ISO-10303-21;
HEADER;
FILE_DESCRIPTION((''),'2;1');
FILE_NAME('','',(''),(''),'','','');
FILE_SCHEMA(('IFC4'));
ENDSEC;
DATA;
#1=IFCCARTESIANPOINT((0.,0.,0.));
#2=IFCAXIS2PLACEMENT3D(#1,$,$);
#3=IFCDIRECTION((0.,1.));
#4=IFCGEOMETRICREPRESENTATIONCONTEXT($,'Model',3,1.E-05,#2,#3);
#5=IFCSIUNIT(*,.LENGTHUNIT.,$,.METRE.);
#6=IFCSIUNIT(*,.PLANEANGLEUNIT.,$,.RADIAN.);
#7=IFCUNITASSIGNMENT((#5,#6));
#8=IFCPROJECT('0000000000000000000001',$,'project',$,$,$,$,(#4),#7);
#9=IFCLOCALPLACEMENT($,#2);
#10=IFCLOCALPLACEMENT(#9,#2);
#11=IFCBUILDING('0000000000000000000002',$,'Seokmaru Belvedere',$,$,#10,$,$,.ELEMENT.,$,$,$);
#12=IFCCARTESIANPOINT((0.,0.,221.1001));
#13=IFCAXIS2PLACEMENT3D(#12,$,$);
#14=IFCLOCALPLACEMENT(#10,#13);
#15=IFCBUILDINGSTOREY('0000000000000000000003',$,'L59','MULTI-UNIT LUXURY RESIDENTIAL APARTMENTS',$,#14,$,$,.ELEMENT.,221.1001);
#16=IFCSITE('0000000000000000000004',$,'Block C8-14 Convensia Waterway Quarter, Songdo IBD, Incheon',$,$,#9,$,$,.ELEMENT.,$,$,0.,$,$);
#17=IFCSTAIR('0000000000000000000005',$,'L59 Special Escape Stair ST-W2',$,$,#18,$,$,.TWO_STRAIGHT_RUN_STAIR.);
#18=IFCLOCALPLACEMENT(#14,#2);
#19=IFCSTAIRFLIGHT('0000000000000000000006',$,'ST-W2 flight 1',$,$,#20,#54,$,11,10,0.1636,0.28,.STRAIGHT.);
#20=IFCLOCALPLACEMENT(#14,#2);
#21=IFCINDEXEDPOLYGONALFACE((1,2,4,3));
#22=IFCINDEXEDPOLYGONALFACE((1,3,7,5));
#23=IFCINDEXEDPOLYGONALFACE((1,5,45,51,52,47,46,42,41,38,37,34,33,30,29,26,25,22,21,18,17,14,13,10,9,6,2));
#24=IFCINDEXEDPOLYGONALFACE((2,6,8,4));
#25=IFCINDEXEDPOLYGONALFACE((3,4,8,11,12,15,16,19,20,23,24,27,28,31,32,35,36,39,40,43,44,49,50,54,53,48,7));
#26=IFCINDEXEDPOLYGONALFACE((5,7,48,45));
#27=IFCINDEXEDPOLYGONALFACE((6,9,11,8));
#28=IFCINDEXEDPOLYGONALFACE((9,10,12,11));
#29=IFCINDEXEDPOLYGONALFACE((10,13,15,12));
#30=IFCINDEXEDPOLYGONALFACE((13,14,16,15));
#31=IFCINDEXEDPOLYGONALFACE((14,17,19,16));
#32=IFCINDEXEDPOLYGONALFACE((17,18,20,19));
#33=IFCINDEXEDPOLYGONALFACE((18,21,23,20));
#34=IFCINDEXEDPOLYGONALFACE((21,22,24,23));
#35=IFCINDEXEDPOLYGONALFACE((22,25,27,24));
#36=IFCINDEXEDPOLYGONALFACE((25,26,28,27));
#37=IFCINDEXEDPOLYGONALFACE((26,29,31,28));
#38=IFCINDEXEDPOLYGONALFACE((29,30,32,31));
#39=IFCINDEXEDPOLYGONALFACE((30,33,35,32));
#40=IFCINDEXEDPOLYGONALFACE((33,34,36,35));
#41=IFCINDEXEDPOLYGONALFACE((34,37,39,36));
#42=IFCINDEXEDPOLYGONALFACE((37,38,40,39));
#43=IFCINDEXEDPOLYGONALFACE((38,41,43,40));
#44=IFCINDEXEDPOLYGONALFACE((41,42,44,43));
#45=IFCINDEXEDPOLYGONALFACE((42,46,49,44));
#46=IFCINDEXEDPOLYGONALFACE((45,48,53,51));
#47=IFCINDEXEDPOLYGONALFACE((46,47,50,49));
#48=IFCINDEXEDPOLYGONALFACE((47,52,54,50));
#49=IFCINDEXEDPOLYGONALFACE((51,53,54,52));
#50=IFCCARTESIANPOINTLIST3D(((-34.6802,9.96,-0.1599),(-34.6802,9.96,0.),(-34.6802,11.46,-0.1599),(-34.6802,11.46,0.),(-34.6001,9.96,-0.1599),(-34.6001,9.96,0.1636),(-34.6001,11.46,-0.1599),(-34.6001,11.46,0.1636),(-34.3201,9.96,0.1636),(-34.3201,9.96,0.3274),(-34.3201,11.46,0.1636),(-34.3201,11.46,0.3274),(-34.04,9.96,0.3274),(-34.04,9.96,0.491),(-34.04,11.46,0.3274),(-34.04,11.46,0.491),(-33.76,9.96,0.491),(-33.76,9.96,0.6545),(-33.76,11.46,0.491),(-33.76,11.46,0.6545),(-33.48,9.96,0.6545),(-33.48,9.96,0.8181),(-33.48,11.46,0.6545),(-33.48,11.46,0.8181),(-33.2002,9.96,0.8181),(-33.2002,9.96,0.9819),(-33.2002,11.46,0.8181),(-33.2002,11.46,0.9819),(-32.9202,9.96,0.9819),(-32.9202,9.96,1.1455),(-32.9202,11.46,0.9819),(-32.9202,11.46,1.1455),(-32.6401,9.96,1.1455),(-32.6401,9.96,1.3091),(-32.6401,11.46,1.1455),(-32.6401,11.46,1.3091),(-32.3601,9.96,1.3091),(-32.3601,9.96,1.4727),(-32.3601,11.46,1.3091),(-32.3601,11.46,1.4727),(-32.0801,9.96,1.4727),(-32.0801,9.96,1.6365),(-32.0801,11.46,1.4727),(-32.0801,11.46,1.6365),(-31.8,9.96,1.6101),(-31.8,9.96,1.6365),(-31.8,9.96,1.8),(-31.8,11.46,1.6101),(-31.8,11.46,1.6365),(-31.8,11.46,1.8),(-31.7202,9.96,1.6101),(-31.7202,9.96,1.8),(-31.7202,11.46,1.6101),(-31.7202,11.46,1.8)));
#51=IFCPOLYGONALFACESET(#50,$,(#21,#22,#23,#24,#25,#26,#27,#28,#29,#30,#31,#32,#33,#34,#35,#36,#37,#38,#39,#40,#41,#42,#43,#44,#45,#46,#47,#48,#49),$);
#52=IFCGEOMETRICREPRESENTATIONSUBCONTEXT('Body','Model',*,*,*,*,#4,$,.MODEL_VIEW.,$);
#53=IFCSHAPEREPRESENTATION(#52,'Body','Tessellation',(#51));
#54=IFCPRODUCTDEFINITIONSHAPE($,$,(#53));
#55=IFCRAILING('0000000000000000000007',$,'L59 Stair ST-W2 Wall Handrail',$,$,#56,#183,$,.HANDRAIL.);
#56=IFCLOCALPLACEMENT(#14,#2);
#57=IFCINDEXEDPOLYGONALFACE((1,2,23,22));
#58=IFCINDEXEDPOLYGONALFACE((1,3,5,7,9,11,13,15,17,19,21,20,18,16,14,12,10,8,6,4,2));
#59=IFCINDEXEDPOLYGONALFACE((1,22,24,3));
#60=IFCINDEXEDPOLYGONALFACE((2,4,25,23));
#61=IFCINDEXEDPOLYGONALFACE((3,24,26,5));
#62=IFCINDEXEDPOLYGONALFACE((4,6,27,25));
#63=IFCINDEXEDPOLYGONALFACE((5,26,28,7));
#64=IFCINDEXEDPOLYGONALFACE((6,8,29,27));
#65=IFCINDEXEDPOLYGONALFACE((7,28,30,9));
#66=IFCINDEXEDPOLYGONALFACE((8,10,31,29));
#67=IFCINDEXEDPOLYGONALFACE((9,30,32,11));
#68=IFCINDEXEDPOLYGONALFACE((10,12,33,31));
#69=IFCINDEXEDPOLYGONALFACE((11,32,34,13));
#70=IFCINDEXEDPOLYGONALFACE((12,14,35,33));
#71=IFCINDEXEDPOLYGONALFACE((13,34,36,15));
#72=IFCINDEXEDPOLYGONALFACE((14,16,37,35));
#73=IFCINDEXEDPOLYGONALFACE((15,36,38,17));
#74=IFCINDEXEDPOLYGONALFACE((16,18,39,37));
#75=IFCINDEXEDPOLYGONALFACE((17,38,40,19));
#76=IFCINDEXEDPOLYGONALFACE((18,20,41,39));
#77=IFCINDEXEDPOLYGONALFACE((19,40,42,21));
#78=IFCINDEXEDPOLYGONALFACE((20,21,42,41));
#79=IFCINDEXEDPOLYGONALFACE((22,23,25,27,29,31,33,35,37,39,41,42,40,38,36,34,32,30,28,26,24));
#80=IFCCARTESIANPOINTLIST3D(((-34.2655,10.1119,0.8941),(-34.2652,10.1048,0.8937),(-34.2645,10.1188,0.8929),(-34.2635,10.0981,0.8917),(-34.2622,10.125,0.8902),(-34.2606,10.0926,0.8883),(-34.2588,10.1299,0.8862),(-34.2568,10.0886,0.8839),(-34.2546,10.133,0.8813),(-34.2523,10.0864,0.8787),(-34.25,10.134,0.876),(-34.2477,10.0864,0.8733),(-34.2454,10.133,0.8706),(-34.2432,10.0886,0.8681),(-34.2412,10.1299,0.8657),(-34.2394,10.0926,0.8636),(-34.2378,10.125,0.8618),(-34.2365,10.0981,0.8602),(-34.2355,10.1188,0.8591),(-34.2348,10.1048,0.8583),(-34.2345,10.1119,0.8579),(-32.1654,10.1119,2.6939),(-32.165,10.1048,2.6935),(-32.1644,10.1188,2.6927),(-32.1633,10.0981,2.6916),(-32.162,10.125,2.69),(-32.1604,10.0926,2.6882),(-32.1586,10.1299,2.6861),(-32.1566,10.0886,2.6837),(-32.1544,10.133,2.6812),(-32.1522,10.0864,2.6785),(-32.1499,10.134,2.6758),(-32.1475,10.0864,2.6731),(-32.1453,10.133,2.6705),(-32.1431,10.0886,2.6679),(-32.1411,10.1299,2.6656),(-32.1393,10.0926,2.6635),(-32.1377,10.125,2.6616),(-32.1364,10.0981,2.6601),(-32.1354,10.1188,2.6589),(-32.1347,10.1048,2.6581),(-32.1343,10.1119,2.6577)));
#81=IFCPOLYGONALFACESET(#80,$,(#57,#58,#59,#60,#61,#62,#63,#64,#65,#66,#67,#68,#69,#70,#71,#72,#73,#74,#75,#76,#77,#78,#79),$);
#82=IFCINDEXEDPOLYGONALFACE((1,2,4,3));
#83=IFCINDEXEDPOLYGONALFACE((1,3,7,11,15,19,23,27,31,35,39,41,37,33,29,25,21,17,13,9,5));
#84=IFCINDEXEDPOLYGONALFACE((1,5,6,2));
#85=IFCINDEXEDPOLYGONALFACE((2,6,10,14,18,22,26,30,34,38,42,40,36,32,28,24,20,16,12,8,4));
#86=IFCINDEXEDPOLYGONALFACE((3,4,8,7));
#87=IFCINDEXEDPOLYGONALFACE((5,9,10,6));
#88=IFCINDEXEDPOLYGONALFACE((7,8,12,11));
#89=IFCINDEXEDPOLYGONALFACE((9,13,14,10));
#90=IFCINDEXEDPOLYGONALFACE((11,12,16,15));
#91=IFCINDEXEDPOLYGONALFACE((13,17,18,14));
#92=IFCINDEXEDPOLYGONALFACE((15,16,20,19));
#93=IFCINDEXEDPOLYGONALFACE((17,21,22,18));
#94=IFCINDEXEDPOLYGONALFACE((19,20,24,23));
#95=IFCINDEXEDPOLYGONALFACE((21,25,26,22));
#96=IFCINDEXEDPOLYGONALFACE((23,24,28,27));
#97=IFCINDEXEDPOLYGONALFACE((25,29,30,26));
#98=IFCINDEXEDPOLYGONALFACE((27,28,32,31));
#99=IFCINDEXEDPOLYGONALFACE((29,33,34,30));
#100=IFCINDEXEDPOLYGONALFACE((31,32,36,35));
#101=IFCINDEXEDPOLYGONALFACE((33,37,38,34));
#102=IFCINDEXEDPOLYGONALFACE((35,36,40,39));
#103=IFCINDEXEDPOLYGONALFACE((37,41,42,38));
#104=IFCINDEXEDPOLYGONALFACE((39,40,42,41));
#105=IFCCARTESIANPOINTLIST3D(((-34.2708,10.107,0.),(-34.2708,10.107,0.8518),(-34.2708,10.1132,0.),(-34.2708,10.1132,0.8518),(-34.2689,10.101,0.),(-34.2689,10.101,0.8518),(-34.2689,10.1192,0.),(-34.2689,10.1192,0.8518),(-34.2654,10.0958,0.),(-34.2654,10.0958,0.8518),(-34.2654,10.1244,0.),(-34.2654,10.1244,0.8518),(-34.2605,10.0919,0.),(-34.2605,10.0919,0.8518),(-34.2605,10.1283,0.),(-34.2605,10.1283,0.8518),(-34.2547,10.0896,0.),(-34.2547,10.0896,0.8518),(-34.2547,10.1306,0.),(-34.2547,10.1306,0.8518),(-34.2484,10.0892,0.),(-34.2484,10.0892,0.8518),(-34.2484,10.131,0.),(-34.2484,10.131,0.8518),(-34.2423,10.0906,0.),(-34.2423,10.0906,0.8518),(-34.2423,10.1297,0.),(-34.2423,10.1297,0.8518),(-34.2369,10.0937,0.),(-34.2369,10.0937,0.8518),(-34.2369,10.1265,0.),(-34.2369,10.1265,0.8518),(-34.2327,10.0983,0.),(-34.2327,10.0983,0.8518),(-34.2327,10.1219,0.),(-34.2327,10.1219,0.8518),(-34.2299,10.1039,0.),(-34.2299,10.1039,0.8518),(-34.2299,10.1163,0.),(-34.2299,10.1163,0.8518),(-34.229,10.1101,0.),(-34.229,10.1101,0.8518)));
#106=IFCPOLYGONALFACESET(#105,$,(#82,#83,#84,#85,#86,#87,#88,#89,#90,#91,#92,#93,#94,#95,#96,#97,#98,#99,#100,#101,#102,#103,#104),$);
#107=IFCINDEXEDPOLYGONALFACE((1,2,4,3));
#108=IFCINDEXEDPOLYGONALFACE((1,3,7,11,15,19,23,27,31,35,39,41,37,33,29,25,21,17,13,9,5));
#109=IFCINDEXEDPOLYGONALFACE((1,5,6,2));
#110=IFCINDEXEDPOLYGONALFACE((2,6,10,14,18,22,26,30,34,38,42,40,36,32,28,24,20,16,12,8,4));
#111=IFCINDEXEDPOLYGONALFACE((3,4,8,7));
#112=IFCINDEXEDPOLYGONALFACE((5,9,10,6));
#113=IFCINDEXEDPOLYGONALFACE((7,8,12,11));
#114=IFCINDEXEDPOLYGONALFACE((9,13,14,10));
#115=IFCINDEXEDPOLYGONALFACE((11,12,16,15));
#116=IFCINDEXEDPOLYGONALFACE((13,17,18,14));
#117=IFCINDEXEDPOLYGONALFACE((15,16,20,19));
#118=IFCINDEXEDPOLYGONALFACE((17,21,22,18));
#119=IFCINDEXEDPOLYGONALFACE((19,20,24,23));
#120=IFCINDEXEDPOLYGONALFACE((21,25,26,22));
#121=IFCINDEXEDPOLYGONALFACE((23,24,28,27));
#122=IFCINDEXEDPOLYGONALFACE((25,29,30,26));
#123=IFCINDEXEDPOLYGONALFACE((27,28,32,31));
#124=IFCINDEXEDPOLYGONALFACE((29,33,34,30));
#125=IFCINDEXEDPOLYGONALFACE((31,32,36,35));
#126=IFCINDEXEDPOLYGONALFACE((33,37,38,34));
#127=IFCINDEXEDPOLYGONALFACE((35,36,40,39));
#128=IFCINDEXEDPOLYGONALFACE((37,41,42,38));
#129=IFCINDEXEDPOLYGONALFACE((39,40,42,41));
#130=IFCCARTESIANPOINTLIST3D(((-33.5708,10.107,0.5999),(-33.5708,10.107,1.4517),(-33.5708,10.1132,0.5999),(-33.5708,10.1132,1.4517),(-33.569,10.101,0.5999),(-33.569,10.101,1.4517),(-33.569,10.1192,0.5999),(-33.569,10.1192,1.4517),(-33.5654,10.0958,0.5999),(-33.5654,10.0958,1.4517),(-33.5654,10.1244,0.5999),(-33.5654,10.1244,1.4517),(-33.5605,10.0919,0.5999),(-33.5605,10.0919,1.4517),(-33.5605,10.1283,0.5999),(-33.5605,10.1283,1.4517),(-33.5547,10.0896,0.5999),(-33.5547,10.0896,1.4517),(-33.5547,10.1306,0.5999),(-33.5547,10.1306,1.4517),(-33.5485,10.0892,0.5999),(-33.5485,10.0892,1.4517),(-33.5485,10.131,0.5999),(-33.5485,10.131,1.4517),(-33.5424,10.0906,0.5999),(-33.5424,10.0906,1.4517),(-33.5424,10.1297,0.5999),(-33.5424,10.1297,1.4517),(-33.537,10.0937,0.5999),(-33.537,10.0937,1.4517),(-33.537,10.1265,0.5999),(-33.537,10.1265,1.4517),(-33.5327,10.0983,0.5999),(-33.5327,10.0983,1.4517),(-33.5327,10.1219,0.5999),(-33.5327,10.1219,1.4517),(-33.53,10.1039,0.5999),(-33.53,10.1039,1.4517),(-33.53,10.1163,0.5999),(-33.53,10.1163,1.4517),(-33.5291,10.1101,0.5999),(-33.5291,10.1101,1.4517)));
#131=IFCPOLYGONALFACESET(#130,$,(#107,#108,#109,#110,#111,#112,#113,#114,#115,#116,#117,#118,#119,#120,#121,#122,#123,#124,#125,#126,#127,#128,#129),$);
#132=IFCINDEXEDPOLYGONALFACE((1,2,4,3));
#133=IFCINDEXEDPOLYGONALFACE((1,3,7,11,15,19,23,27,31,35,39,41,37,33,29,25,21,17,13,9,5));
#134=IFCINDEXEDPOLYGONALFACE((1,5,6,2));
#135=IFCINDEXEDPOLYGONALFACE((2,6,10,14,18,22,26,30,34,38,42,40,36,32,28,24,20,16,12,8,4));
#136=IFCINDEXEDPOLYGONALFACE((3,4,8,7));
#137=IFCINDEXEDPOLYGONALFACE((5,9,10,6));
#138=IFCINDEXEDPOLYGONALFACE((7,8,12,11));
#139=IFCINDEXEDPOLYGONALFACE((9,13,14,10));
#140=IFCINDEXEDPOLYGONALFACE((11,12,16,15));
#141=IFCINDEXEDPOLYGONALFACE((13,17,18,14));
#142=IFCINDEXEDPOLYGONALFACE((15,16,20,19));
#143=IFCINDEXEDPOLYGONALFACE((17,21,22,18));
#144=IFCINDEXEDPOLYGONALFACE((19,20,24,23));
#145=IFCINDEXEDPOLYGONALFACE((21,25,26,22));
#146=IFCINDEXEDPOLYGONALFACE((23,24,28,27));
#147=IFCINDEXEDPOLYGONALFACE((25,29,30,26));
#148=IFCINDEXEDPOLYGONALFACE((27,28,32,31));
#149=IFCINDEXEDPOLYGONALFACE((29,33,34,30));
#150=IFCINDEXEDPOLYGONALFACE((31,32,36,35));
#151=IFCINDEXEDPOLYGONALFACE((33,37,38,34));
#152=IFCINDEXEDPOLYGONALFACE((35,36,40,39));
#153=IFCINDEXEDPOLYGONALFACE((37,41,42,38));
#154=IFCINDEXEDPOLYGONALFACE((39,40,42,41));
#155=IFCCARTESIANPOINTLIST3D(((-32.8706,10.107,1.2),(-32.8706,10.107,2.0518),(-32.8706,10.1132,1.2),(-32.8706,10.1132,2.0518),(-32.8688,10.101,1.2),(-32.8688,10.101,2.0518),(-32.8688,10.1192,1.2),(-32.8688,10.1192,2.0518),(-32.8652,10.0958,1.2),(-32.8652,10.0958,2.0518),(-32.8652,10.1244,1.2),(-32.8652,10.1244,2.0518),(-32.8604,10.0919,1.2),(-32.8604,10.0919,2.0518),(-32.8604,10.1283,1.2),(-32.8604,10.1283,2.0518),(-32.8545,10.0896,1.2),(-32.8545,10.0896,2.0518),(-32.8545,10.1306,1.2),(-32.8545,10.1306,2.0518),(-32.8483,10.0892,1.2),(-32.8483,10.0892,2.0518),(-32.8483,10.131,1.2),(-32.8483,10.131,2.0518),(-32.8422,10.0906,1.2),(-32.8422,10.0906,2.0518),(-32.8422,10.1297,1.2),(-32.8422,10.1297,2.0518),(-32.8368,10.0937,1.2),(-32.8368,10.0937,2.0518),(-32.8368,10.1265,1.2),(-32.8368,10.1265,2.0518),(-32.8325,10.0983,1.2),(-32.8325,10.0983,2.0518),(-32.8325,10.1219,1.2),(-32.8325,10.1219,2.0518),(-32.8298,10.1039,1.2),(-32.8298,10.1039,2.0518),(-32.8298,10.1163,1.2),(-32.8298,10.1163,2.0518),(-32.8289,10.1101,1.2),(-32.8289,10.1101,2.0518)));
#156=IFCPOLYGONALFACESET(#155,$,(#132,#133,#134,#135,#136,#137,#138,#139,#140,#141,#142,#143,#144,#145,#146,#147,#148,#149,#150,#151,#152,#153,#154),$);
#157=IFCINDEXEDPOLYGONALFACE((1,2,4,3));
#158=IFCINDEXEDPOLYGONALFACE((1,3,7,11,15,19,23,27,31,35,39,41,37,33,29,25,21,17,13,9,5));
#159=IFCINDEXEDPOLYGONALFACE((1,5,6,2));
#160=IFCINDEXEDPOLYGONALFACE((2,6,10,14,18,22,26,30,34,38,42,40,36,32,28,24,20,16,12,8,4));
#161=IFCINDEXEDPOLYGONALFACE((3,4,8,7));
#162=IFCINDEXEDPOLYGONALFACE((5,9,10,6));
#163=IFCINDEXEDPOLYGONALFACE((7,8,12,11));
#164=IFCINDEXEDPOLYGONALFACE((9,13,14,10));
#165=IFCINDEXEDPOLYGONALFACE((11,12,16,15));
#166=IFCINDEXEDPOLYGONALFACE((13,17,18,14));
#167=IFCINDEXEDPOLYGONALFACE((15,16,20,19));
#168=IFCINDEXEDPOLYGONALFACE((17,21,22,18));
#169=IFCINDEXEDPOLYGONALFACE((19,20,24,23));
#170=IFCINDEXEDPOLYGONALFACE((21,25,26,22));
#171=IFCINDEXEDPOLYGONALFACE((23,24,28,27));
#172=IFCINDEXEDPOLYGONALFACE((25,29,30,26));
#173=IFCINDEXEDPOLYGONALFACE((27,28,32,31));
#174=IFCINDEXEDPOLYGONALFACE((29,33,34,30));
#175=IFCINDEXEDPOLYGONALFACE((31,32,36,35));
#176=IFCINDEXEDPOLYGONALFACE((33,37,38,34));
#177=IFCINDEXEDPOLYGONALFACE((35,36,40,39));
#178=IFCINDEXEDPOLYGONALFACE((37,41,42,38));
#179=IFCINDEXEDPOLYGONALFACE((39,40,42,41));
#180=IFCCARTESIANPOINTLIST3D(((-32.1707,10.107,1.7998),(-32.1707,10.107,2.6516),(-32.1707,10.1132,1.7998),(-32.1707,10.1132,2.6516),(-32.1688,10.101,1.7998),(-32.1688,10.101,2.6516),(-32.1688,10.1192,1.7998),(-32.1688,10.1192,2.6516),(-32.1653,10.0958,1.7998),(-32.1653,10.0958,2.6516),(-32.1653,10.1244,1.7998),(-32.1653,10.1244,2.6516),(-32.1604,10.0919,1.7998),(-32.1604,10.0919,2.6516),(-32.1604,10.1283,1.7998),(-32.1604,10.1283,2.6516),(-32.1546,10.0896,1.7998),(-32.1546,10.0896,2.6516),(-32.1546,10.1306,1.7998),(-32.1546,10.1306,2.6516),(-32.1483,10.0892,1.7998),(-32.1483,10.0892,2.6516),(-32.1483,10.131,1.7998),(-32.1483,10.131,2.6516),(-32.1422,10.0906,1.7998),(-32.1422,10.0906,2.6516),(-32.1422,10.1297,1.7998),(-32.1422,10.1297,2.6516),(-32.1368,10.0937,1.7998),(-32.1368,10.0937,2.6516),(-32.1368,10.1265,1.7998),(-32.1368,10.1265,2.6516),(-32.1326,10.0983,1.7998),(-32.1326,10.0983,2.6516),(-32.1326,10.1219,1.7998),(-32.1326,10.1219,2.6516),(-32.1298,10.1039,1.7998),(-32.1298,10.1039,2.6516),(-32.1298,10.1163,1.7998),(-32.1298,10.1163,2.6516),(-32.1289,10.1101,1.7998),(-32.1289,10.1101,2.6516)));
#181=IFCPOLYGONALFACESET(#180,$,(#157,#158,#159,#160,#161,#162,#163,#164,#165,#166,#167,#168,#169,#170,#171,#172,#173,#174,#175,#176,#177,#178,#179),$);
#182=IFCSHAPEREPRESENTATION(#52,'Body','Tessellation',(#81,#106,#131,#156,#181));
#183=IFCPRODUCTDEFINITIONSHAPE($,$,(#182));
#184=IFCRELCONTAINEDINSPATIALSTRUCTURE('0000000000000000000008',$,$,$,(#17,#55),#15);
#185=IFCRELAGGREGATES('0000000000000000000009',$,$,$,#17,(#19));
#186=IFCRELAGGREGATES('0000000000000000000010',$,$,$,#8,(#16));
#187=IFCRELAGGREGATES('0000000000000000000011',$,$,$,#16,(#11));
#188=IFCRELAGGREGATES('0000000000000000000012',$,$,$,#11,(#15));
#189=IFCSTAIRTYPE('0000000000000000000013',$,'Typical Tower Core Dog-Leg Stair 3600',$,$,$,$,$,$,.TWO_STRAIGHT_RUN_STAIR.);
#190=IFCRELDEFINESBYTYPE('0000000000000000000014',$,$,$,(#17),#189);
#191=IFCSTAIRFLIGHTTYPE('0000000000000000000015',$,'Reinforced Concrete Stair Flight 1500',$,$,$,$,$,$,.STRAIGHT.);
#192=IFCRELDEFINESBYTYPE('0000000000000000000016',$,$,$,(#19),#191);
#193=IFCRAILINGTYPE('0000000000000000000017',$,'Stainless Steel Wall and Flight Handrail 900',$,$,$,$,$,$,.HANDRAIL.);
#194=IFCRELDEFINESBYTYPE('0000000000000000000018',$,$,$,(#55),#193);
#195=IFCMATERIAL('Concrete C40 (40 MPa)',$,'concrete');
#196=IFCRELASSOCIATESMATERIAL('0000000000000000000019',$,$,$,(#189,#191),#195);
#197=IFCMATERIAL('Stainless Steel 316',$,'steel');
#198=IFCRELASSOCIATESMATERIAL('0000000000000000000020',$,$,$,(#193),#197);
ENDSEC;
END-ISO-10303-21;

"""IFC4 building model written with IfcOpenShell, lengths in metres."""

from ifc_helpers import new_model, si_unit, direction, frame, origin, origin_2d, place, context, subcontext, project, spatial, polyline, circle, outline, extrude, material, type_object, element, aggregate, save


model = new_model("IFC4")

# Units and contexts
model_context = context("Model", 3, precision=1e-05, world=origin(), true_north=direction((0.0, 1.0)))
body_context = subcontext(model_context, "Body", "Model", "MODEL_VIEW")
ifc_project = project(units=[si_unit("LENGTHUNIT", "METRE"), si_unit("PLANEANGLEUNIT", "RADIAN")], contexts=[model_context])

# Site, building, storey
site_placement = place(None, origin())
site = spatial("IfcSite", under=ifc_project, at=site_placement, Name="Block C8-14 Convensia Waterway Quarter, Songdo IBD, Incheon", CompositionType="ELEMENT", RefElevation=0.0)
building_placement = place(site_placement, origin())
building = spatial("IfcBuilding", under=site, at=building_placement, Name="Seokmaru Belvedere", CompositionType="ELEMENT")
storey_placement = place(building_placement, frame((0.0, 0.0, 221.1001)))
storey = spatial("IfcBuildingStorey", under=building, at=storey_placement, Name="L59", Description="MULTI-UNIT LUXURY RESIDENTIAL APARTMENTS", CompositionType="ELEMENT", Elevation=221.1001)

# Stair, stair flight
ifc_material_1 = material(Name="Concrete C40 (40 MPa)", Category="concrete")
stair_type = type_object("IfcStairType", Name="Typical Tower Core Dog-Leg Stair 3600", PredefinedType="TWO_STRAIGHT_RUN_STAIR", material=ifc_material_1)
stair_placement = place(storey_placement, origin())
stair = element("IfcStair", 1, at=stair_placement, inside=storey, type_object=stair_type, Name="L59 Special Escape Stair ST-W2", PredefinedType="TWO_STRAIGHT_RUN_STAIR")
stair_flight_type = type_object("IfcStairFlightType", Name="Reinforced Concrete Stair Flight 1500", PredefinedType="STRAIGHT", material=ifc_material_1)
stair_flight_placement = place(storey_placement, frame((-34.6001, 10.71, 0.0), z_axis=(0.0, 0.0, 1.0), x_axis=(1.0, 0.0, 0.0)))
stair_flight = element("IfcStairFlight", 2, at=stair_flight_placement, type_object=stair_flight_type, Name="ST-W2 flight 1", NumberOfRisers=11, NumberOfTreads=10, PredefinedType="STRAIGHT", RiserHeight=0.1636, TreadLength=0.28, context=body_context, shape_type="SweptSolid", body=[
    extrude(outline(polyline([(-0.0801, 0.0), (0.0, 0.1636), (0.28, 0.1636), (0.28, 0.3274), (0.5601, 0.3274), (0.5601, 0.491), (0.8401, 0.491), (0.8401, 0.6545), (1.1201, 0.6545), (1.1201, 0.8181), (1.3999, 0.8181), (1.3999, 0.9819), (1.6799, 0.9819), (1.6799, 1.1455), (1.96, 1.1455), (1.96, 1.3091), (2.24, 1.3091), (2.24, 1.4727), (2.52, 1.4727), (2.52, 1.6365), (2.8, 1.6365), (2.8, 1.8), (2.8799, 1.8), (2.8799, 1.6101), (2.8, 1.6101), (0.0, -0.1599), (-0.0801, -0.1599), (-0.0801, 0.0)])), frame((0.0, 0.75, 0.0), z_axis=(0.0, -1.0, 0.0), x_axis=(1.0, 0.0, 0.0)), (0.0, 0.0, 1.0), 1.5),
])
aggregate(stair, [stair_flight])

# Railing
ifc_material_2 = material(Name="Stainless Steel 316", Category="steel")
railing_type_1 = type_object("IfcRailingType", Name="Stainless Steel Wall and Flight Handrail 900", PredefinedType="HANDRAIL", material=ifc_material_2)
railing_1_placement = place(storey_placement, frame((-34.25, 10.1101, 0.0)))
element("IfcRailing", 3, at=railing_1_placement, inside=storey, type_object=railing_type_1, Name="L59 Stair ST-W2 Wall Handrail", PredefinedType="HANDRAIL", context=body_context, shape_type="SweptSolid", body=[
    extrude(circle(Radius=0.0239, at=origin_2d()), frame((0.0, 0.0, 0.876), z_axis=(0.759306, 0.0, 0.650733), x_axis=(0.0, 1.0, 0.0)), (0.0, 0.0, 1.0), 2.7659),
    extrude(circle(Radius=0.021, at=origin_2d()), origin(), (0.0, 0.0, 1.0), 0.8518),
    extrude(circle(Radius=0.021, at=origin_2d()), frame((0.7, 0.0, 0.5999)), (0.0, 0.0, 1.0), 0.8518),
    extrude(circle(Radius=0.021, at=origin_2d()), frame((1.4001, 0.0, 1.2)), (0.0, 0.0, 1.0), 0.8518),
    extrude(circle(Radius=0.021, at=origin_2d()), frame((2.1001, 0.0, 1.7998)), (0.0, 0.0, 1.0), 0.8518),
])

save(model, "model.ifc")
